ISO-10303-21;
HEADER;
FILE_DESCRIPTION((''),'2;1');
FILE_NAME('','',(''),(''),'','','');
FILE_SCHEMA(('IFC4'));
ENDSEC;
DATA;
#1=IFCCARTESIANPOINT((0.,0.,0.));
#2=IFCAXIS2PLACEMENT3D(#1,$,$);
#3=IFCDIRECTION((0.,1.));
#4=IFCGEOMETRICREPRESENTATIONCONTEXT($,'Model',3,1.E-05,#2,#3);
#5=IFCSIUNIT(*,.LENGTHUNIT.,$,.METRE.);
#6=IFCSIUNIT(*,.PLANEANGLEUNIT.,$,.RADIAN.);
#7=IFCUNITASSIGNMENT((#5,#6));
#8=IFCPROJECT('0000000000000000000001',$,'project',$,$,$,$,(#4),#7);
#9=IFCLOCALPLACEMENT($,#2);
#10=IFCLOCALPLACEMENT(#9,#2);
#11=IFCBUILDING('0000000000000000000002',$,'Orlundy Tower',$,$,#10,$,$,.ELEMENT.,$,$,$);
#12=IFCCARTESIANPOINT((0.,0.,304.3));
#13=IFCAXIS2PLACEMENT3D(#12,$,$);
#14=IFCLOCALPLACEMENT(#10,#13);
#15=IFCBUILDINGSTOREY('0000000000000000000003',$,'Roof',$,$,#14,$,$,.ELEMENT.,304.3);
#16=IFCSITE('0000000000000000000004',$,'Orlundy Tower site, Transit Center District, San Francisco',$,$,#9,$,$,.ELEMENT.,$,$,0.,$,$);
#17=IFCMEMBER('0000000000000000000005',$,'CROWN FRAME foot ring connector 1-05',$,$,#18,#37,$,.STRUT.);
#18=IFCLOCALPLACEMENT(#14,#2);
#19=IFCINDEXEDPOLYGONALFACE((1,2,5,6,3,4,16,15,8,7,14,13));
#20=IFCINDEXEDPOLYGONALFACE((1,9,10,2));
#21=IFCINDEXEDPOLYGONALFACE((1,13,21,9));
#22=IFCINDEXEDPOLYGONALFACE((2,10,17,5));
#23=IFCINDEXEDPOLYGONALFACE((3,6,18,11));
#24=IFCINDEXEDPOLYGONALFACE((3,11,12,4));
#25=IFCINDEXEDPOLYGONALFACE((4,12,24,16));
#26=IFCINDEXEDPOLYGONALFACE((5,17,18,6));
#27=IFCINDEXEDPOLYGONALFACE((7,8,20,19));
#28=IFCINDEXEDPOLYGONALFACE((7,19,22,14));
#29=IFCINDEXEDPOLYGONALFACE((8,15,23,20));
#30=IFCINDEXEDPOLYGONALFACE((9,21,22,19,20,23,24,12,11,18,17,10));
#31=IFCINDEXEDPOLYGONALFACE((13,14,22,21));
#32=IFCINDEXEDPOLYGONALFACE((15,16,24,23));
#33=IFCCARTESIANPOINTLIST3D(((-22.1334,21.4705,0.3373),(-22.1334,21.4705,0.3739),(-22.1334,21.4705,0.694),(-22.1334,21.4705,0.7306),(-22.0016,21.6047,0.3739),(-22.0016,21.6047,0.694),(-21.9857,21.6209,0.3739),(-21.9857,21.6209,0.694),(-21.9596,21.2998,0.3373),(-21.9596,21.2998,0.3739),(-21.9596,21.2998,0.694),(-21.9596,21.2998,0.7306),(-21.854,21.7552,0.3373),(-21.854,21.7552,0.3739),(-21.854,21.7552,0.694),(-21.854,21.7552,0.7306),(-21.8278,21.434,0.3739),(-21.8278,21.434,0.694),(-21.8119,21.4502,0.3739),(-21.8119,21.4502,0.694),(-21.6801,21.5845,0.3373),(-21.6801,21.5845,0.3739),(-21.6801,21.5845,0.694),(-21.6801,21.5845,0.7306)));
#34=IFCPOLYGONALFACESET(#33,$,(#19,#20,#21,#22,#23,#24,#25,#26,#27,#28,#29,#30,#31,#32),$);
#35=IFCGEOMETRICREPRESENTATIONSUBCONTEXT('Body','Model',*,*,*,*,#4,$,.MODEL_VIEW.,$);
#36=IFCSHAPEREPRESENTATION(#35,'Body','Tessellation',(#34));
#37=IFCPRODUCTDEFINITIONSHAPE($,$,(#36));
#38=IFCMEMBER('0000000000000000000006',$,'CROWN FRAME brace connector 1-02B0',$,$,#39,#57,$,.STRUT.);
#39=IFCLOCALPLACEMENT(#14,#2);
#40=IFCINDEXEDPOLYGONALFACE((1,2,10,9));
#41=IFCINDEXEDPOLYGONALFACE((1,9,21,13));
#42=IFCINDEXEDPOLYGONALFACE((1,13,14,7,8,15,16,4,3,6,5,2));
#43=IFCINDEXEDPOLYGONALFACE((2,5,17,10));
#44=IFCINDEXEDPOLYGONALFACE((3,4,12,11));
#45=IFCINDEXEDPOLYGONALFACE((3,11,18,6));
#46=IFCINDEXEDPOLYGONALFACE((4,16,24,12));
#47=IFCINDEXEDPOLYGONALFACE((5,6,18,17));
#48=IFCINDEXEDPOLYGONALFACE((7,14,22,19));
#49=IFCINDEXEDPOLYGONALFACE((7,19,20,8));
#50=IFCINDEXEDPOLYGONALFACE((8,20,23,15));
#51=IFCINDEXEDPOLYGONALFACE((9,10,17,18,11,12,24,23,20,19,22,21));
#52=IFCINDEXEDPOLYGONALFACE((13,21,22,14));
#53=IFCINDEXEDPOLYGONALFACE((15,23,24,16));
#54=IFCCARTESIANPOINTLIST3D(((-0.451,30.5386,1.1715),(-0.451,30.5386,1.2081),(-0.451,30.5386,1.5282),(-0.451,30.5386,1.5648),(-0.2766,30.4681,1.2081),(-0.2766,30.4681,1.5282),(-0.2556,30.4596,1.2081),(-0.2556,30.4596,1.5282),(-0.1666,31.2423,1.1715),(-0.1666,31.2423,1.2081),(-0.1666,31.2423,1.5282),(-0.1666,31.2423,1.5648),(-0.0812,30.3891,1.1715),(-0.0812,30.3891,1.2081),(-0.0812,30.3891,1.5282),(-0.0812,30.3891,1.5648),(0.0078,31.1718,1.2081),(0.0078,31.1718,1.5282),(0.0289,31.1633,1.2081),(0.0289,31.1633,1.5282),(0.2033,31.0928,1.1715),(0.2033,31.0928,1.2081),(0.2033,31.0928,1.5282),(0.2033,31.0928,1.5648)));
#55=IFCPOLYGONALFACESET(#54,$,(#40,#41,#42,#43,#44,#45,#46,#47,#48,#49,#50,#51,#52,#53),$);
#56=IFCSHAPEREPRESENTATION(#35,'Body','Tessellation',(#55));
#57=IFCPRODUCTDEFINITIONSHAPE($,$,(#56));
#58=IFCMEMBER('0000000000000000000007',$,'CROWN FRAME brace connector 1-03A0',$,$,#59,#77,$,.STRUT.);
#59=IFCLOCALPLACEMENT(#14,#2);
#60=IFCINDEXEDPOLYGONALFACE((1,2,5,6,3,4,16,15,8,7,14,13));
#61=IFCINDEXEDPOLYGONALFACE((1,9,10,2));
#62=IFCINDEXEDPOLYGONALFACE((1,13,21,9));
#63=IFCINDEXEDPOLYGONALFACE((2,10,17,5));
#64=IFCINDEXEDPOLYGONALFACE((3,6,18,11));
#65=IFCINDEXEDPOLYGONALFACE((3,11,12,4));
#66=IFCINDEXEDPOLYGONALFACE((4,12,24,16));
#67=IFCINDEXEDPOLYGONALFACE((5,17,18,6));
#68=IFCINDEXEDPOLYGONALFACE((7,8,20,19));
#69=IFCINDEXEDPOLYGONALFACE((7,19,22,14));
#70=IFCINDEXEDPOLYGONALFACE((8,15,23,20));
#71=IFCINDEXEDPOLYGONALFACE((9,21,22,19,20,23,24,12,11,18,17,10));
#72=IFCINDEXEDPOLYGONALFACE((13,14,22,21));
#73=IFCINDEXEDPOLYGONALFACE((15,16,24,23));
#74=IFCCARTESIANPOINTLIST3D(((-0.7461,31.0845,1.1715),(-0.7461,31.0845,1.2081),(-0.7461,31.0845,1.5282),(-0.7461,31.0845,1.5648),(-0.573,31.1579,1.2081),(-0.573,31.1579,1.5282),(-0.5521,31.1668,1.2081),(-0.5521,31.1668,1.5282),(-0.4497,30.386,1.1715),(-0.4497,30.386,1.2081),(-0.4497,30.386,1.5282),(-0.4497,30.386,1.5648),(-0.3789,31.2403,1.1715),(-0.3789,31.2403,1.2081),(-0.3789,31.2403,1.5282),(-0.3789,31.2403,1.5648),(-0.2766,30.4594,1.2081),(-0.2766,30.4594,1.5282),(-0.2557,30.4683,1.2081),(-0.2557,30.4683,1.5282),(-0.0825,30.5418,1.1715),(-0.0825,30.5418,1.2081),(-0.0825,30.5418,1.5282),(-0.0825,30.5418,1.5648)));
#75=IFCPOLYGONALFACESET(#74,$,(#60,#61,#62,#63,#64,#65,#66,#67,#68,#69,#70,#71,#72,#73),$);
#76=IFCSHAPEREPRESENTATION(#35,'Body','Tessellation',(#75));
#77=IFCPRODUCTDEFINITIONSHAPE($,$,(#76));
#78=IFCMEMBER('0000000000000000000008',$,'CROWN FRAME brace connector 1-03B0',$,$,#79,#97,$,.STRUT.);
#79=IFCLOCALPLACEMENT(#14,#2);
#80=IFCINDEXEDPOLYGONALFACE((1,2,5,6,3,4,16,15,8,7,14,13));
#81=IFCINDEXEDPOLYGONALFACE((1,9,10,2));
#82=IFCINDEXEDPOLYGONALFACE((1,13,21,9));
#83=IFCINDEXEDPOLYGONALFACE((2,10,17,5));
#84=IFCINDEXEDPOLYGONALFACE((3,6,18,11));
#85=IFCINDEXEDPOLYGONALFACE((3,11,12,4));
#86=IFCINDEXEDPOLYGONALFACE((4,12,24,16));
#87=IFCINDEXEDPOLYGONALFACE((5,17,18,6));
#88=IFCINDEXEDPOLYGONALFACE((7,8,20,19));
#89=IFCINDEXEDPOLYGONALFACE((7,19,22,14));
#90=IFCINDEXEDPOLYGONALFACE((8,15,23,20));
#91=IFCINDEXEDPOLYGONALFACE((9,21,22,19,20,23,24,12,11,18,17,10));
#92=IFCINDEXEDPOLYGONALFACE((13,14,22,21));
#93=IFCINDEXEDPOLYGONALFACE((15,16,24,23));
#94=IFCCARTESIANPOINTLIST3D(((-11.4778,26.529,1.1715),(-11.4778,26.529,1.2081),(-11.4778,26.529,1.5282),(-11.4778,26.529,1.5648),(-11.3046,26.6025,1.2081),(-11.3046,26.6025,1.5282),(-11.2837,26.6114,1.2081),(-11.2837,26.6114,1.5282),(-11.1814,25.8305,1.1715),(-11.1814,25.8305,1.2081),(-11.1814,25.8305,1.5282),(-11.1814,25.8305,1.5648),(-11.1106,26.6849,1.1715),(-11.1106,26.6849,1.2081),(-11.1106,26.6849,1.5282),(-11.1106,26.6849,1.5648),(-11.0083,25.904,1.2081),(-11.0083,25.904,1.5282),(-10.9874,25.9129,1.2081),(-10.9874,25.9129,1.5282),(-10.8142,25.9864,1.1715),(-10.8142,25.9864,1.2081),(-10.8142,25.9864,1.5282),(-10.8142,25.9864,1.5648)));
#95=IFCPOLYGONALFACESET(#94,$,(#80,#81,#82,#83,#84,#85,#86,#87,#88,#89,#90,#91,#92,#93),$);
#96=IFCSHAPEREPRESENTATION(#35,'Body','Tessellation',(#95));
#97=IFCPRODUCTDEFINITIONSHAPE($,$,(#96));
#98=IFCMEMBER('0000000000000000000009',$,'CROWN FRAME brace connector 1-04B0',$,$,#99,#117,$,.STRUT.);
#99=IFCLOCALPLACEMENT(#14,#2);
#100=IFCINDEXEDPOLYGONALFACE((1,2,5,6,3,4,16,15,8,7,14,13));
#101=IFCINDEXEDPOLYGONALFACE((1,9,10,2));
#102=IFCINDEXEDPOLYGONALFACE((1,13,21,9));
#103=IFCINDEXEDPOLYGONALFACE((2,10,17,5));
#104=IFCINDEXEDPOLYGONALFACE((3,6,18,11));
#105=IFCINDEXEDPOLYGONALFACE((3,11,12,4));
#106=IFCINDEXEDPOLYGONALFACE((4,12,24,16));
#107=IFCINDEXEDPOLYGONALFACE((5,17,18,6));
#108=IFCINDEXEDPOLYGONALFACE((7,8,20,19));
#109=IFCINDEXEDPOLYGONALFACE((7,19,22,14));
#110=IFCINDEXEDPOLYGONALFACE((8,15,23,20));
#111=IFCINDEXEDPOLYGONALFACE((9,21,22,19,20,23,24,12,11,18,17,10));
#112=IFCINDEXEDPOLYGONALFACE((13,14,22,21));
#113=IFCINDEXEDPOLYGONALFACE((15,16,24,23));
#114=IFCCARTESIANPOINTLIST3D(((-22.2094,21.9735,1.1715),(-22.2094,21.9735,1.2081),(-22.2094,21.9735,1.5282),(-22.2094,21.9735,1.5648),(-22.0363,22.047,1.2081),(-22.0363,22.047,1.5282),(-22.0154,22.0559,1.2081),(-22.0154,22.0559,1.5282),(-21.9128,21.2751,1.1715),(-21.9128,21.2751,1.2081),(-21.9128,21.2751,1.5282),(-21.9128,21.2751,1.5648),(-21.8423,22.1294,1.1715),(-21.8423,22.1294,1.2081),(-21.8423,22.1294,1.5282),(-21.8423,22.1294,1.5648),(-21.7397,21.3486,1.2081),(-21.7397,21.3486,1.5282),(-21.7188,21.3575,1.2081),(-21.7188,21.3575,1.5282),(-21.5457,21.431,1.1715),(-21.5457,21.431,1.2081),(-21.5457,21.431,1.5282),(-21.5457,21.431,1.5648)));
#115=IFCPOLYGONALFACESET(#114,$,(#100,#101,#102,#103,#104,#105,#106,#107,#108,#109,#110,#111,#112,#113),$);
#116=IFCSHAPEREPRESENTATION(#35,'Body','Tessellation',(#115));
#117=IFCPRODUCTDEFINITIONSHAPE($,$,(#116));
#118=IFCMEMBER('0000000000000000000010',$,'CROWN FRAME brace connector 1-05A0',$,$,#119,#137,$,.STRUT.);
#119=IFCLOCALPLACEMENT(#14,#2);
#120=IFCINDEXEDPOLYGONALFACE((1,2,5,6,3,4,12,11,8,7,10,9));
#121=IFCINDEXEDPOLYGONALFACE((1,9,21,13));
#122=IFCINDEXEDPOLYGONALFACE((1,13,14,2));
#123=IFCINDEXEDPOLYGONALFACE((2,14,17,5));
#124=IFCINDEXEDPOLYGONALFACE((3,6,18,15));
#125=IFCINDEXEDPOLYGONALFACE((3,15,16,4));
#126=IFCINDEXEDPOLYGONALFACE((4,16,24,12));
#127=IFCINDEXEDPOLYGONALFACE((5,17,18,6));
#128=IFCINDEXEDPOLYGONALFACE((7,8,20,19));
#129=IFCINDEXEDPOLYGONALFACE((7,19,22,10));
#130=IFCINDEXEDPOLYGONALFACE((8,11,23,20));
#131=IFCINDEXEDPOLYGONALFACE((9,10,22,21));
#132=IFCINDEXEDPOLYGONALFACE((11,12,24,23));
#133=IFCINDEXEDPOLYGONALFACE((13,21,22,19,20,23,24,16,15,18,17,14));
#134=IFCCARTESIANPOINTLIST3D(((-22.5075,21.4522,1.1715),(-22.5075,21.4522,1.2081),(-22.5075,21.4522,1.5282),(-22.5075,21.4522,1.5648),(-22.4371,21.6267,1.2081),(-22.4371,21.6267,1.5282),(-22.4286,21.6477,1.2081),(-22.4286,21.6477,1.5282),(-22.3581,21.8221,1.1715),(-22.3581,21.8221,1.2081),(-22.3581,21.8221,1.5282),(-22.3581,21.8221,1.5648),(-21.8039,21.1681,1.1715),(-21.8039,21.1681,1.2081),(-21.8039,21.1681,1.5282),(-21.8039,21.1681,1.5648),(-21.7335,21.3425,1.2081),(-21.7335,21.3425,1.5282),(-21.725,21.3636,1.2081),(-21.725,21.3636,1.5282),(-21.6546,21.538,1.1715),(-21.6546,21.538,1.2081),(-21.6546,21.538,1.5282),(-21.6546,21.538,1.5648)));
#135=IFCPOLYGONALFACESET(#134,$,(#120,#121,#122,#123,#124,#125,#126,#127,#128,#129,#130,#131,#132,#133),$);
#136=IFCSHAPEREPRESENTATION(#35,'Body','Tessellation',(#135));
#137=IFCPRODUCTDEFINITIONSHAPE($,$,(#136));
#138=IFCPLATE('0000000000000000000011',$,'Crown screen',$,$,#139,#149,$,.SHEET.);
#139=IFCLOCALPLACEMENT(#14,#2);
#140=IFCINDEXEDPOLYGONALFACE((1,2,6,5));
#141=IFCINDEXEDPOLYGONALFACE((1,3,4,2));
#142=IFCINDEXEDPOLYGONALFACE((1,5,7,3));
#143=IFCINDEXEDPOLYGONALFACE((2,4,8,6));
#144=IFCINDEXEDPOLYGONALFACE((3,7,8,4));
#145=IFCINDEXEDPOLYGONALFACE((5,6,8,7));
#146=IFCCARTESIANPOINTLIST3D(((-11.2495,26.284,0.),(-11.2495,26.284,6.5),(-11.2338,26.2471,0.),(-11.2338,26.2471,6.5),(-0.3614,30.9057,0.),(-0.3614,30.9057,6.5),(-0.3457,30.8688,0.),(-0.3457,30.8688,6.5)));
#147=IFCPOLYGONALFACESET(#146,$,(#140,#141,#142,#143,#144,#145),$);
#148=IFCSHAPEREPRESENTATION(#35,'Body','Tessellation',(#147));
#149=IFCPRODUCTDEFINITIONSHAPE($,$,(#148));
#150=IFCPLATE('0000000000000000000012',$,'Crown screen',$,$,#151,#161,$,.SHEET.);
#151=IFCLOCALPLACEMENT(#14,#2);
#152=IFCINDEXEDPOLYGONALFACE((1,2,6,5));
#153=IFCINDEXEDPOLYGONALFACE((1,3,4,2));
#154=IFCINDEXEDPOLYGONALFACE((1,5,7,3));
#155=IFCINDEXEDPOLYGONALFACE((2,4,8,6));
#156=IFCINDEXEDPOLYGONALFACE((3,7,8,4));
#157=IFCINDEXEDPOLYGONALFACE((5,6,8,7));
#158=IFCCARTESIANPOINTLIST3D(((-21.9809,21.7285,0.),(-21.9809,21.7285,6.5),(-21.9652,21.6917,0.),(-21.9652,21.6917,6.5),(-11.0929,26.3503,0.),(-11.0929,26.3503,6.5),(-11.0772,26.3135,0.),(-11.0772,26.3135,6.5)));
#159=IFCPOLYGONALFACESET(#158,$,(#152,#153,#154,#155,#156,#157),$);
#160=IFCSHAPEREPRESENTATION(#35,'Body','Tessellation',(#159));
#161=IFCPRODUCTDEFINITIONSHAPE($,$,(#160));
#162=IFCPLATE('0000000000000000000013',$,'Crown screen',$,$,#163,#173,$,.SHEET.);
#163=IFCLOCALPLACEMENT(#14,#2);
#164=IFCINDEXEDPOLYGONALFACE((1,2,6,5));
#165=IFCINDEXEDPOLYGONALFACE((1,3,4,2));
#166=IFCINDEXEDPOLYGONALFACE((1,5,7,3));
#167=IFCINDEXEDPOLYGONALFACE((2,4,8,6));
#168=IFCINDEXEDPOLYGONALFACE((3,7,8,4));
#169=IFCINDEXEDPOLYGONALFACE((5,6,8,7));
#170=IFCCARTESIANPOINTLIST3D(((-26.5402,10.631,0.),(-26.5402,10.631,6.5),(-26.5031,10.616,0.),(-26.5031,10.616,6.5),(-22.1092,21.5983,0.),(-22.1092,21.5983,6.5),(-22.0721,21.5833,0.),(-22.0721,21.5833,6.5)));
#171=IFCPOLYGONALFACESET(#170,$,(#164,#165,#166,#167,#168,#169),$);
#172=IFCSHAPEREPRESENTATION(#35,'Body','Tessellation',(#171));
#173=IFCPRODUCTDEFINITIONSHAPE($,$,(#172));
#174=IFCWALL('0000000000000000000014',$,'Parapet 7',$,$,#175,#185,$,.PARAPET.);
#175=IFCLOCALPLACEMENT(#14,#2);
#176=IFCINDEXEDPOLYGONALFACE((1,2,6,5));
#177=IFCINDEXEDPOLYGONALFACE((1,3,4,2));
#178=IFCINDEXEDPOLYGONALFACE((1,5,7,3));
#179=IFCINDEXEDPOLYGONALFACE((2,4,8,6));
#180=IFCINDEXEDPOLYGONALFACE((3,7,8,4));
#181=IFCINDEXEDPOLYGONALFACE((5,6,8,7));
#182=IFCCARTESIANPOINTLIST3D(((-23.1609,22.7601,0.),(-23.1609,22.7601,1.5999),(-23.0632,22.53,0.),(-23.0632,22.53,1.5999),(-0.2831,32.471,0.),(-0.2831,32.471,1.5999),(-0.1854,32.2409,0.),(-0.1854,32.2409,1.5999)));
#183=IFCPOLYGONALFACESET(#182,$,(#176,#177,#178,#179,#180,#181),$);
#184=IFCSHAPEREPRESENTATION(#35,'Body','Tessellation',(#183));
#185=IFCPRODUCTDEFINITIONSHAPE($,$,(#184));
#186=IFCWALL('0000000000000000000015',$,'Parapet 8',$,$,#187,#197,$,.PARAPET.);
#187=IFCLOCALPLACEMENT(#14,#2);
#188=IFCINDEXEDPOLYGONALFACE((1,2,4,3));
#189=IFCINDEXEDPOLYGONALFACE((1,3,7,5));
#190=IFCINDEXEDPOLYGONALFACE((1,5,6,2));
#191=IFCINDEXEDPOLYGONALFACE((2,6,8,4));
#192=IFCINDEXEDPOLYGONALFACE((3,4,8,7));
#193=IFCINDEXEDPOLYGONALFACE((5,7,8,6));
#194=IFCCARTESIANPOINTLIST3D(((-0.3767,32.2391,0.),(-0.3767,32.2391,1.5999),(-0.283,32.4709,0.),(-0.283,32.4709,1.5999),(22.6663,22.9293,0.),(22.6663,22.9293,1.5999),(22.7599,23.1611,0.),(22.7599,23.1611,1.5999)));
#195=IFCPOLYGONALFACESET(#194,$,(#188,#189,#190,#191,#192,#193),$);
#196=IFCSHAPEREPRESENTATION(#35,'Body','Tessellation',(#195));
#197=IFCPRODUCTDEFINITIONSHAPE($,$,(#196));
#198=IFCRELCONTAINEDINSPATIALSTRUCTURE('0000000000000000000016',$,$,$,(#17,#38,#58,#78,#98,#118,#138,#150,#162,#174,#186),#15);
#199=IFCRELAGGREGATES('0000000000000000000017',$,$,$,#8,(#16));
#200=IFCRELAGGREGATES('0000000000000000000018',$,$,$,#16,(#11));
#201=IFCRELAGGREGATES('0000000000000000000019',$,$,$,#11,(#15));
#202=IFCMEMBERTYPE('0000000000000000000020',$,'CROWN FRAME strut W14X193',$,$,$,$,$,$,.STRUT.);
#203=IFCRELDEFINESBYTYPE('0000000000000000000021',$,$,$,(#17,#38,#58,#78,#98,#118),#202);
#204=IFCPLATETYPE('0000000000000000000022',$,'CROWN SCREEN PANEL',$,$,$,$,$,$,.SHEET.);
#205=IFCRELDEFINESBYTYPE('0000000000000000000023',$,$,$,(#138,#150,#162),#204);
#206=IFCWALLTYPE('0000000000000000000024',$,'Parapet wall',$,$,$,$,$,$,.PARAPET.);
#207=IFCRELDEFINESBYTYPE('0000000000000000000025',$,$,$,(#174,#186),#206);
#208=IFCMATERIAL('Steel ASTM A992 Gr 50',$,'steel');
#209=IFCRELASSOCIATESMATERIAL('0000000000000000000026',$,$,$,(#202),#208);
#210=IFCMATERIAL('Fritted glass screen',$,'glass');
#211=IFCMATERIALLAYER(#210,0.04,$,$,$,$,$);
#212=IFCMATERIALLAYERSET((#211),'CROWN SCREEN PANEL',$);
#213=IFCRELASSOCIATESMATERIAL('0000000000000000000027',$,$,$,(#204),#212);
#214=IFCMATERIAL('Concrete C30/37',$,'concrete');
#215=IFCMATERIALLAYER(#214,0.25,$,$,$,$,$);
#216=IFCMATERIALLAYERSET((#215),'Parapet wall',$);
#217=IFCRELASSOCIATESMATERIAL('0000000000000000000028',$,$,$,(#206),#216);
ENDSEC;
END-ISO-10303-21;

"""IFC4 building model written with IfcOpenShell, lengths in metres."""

from ifc_helpers import new_model, si_unit, direction, frame, frame_2d, origin, origin_2d, place, context, subcontext, project, spatial, rectangle, i_section, extrude, material, layer, layer_set, material_profile, profile_set, type_object, element, save


model = new_model("IFC4")

# Units and contexts
model_context = context("Model", 3, precision=1e-05, world=origin(), true_north=direction((0.0, 1.0)))
body_context = subcontext(model_context, "Body", "Model", "MODEL_VIEW")
ifc_project = project(units=[si_unit("LENGTHUNIT", "METRE"), si_unit("PLANEANGLEUNIT", "RADIAN")], contexts=[model_context])

# Site, building, storey
site_placement = place(None, origin())
site = spatial("IfcSite", under=ifc_project, at=site_placement, Name="Orlundy Tower site, Transit Center District, San Francisco", CompositionType="ELEMENT", RefElevation=0.0)
building_placement = place(site_placement, origin())
building = spatial("IfcBuilding", under=site, at=building_placement, Name="Orlundy Tower", CompositionType="ELEMENT")
storey_placement = place(building_placement, frame((0.0, 0.0, 304.3)))
storey = spatial("IfcBuildingStorey", under=building, at=storey_placement, Name="Roof", CompositionType="ELEMENT", Elevation=304.3)

# Members
ifc_material_1 = material(Name="Steel ASTM A992 Gr 50", Category="steel")
ifc_material_profile_1 = material_profile(ifc_material_1, i_section(OverallWidth=0.3989, OverallDepth=0.3933, WebThickness=0.0227, FlangeThickness=0.0366, at=origin_2d()), Name="W14X193")
ifc_profile_set_1 = profile_set([ifc_material_profile_1], Name="Steel ASTM A992 Gr 50")
member_type_1 = type_object("IfcMemberType", Name="CROWN FRAME strut W14X193", PredefinedType="STRUT", material=ifc_profile_set_1)
member_1_placement = place(storey_placement, frame((-21.8198, 21.4421, 0.5339), z_axis=(-0.713591, 0.700562, 0.0), x_axis=(-0.700562, -0.713591, 0.0)))
element("IfcMember", 1, at=member_1_placement, inside=storey, type_object=member_type_1, Name="CROWN FRAME foot ring connector 1-05", PredefinedType="STRUT", context=body_context, shape_type="SweptSolid", body=[
    extrude(i_section(OverallWidth=0.3989, OverallDepth=0.3933, WebThickness=0.0227, FlangeThickness=0.0366, at=origin_2d()), origin(), (0.0, 0.0, 1.0), 0.2437),
])
member_2_placement = place(storey_placement, frame((-0.2661, 30.4639, 1.3682), z_axis=(0.374772, 0.927117, 0.0), x_axis=(-0.927117, 0.374772, 0.0)))
element("IfcMember", 2, at=member_2_placement, inside=storey, type_object=member_type_1, Name="CROWN FRAME brace connector 1-02B0", PredefinedType="STRUT", context=body_context, shape_type="SweptSolid", body=[
    extrude(i_section(OverallWidth=0.3989, OverallDepth=0.3933, WebThickness=0.0227, FlangeThickness=0.0366, at=origin_2d()), origin(), (0.0, 0.0, 1.0), 0.759),
])
for number, where, z_axis, x_axis, name in (
    (3, (-0.2661, 30.4639, 1.3682), (-0.390616, 0.920554, 0.0), (-0.920554, -0.390616, 0.0), "CROWN FRAME brace connector 1-03A0"),
    (4, (-10.9978, 25.9084, 1.3682), (-0.390616, 0.920554, 0.0), (-0.920554, -0.390616, 0.0), "CROWN FRAME brace connector 1-03B0"),
    (5, (-21.7292, 21.353, 1.3682), (-0.390889, 0.920438, 0.0), (-0.920438, -0.390889, 0.0), "CROWN FRAME brace connector 1-04B0"),
    (6, (-21.7292, 21.353, 1.3682), (-0.927229, 0.374495, 0.0), (-0.374495, -0.927229, 0.0), "CROWN FRAME brace connector 1-05A0"),
):
    element("IfcMember", number, at=place(storey_placement, frame(where, z_axis=z_axis, x_axis=x_axis)), inside=storey, type_object=member_type_1, Name=name, PredefinedType="STRUT", context=body_context, shape_type="SweptSolid", body=[
        extrude(i_section(OverallWidth=0.3989, OverallDepth=0.3933, WebThickness=0.0227, FlangeThickness=0.0366, at=origin_2d()), origin(), (0.0, 0.0, 1.0), 0.7588),
    ])

# Plates
ifc_material_2 = material(Name="Fritted glass screen", Category="glass")
ifc_layer_1 = layer(ifc_material_2, 0.04)
ifc_layer_set_1 = layer_set([ifc_layer_1], Name="CROWN SCREEN PANEL")
plate_type = type_object("IfcPlateType", Name="CROWN SCREEN PANEL", PredefinedType="SHEET", material=ifc_layer_set_1)
for number, where, z_axis, x_axis, name in (
    (7, (-5.7976, 28.5764, 0.0), (0.0, 0.0, 1.0), (-0.920506, -0.390728, 0.0), "Crown screen"),
    (8, (-16.5291, 24.021, 0.0), (0.0, 0.0, 1.0), (-0.920502, -0.390739, 0.0), "Crown screen"),
):
    element("IfcPlate", number, at=place(storey_placement, frame(where, z_axis=z_axis, x_axis=x_axis)), inside=storey, type_object=plate_type, Name=name, PredefinedType="SHEET", context=body_context, shape_type="SweptSolid", body=[
        extrude(rectangle(XDim=11.8284, YDim=0.04, at=origin_2d()), origin(), (0.0, 0.0, 1.0), 6.5),
    ])
plate_placement = place(storey_placement, frame((-24.3062, 16.1072, 0.0), z_axis=(0.0, 0.0, 1.0), x_axis=(-0.374602, -0.927186, 0.0)))
element("IfcPlate", 9, at=plate_placement, inside=storey, type_object=plate_type, Name="Crown screen", PredefinedType="SHEET", context=body_context, shape_type="SweptSolid", body=[
    extrude(rectangle(XDim=11.8286, YDim=0.04, at=origin_2d()), origin(), (0.0, 0.0, 1.0), 6.5),
])

# Walls
ifc_material_3 = material(Name="Concrete C30/37", Category="concrete")
ifc_layer_2 = layer(ifc_material_3, 0.25)
ifc_layer_set_2 = layer_set([ifc_layer_2], Name="Parapet wall")
wall_type = type_object("IfcWallType", Name="Parapet wall", PredefinedType="PARAPET", material=ifc_layer_set_2)
wall_1_placement = place(storey_placement, frame((-23.1121, 22.645, 0.0), z_axis=(0.0, 0.0, 1.0), x_axis=(0.920507, 0.390725, 0.0)))
element("IfcWall", 10, at=wall_1_placement, inside=storey, type_object=wall_type, Name="Parapet 7", PredefinedType="PARAPET", context=body_context, shape_type="SweptSolid", body=[
    extrude(rectangle(XDim=24.8535, YDim=0.25, at=frame_2d((12.4268, 0.0))), origin(), (0.0, 0.0, 1.0), 1.5999),
])
wall_2_placement = place(storey_placement, frame((-0.3298, 32.355, 0.0), z_axis=(0.0, 0.0, 1.0), x_axis=(0.927186, -0.374601, 0.0)))
element("IfcWall", 11, at=wall_2_placement, inside=storey, type_object=wall_type, Name="Parapet 8", PredefinedType="PARAPET", context=body_context, shape_type="SweptSolid", body=[
    extrude(rectangle(XDim=24.8525, YDim=0.25, at=frame_2d((12.4263, 0.0))), origin(), (0.0, 0.0, 1.0), 1.5999),
])

save(model, "model.ifc")
